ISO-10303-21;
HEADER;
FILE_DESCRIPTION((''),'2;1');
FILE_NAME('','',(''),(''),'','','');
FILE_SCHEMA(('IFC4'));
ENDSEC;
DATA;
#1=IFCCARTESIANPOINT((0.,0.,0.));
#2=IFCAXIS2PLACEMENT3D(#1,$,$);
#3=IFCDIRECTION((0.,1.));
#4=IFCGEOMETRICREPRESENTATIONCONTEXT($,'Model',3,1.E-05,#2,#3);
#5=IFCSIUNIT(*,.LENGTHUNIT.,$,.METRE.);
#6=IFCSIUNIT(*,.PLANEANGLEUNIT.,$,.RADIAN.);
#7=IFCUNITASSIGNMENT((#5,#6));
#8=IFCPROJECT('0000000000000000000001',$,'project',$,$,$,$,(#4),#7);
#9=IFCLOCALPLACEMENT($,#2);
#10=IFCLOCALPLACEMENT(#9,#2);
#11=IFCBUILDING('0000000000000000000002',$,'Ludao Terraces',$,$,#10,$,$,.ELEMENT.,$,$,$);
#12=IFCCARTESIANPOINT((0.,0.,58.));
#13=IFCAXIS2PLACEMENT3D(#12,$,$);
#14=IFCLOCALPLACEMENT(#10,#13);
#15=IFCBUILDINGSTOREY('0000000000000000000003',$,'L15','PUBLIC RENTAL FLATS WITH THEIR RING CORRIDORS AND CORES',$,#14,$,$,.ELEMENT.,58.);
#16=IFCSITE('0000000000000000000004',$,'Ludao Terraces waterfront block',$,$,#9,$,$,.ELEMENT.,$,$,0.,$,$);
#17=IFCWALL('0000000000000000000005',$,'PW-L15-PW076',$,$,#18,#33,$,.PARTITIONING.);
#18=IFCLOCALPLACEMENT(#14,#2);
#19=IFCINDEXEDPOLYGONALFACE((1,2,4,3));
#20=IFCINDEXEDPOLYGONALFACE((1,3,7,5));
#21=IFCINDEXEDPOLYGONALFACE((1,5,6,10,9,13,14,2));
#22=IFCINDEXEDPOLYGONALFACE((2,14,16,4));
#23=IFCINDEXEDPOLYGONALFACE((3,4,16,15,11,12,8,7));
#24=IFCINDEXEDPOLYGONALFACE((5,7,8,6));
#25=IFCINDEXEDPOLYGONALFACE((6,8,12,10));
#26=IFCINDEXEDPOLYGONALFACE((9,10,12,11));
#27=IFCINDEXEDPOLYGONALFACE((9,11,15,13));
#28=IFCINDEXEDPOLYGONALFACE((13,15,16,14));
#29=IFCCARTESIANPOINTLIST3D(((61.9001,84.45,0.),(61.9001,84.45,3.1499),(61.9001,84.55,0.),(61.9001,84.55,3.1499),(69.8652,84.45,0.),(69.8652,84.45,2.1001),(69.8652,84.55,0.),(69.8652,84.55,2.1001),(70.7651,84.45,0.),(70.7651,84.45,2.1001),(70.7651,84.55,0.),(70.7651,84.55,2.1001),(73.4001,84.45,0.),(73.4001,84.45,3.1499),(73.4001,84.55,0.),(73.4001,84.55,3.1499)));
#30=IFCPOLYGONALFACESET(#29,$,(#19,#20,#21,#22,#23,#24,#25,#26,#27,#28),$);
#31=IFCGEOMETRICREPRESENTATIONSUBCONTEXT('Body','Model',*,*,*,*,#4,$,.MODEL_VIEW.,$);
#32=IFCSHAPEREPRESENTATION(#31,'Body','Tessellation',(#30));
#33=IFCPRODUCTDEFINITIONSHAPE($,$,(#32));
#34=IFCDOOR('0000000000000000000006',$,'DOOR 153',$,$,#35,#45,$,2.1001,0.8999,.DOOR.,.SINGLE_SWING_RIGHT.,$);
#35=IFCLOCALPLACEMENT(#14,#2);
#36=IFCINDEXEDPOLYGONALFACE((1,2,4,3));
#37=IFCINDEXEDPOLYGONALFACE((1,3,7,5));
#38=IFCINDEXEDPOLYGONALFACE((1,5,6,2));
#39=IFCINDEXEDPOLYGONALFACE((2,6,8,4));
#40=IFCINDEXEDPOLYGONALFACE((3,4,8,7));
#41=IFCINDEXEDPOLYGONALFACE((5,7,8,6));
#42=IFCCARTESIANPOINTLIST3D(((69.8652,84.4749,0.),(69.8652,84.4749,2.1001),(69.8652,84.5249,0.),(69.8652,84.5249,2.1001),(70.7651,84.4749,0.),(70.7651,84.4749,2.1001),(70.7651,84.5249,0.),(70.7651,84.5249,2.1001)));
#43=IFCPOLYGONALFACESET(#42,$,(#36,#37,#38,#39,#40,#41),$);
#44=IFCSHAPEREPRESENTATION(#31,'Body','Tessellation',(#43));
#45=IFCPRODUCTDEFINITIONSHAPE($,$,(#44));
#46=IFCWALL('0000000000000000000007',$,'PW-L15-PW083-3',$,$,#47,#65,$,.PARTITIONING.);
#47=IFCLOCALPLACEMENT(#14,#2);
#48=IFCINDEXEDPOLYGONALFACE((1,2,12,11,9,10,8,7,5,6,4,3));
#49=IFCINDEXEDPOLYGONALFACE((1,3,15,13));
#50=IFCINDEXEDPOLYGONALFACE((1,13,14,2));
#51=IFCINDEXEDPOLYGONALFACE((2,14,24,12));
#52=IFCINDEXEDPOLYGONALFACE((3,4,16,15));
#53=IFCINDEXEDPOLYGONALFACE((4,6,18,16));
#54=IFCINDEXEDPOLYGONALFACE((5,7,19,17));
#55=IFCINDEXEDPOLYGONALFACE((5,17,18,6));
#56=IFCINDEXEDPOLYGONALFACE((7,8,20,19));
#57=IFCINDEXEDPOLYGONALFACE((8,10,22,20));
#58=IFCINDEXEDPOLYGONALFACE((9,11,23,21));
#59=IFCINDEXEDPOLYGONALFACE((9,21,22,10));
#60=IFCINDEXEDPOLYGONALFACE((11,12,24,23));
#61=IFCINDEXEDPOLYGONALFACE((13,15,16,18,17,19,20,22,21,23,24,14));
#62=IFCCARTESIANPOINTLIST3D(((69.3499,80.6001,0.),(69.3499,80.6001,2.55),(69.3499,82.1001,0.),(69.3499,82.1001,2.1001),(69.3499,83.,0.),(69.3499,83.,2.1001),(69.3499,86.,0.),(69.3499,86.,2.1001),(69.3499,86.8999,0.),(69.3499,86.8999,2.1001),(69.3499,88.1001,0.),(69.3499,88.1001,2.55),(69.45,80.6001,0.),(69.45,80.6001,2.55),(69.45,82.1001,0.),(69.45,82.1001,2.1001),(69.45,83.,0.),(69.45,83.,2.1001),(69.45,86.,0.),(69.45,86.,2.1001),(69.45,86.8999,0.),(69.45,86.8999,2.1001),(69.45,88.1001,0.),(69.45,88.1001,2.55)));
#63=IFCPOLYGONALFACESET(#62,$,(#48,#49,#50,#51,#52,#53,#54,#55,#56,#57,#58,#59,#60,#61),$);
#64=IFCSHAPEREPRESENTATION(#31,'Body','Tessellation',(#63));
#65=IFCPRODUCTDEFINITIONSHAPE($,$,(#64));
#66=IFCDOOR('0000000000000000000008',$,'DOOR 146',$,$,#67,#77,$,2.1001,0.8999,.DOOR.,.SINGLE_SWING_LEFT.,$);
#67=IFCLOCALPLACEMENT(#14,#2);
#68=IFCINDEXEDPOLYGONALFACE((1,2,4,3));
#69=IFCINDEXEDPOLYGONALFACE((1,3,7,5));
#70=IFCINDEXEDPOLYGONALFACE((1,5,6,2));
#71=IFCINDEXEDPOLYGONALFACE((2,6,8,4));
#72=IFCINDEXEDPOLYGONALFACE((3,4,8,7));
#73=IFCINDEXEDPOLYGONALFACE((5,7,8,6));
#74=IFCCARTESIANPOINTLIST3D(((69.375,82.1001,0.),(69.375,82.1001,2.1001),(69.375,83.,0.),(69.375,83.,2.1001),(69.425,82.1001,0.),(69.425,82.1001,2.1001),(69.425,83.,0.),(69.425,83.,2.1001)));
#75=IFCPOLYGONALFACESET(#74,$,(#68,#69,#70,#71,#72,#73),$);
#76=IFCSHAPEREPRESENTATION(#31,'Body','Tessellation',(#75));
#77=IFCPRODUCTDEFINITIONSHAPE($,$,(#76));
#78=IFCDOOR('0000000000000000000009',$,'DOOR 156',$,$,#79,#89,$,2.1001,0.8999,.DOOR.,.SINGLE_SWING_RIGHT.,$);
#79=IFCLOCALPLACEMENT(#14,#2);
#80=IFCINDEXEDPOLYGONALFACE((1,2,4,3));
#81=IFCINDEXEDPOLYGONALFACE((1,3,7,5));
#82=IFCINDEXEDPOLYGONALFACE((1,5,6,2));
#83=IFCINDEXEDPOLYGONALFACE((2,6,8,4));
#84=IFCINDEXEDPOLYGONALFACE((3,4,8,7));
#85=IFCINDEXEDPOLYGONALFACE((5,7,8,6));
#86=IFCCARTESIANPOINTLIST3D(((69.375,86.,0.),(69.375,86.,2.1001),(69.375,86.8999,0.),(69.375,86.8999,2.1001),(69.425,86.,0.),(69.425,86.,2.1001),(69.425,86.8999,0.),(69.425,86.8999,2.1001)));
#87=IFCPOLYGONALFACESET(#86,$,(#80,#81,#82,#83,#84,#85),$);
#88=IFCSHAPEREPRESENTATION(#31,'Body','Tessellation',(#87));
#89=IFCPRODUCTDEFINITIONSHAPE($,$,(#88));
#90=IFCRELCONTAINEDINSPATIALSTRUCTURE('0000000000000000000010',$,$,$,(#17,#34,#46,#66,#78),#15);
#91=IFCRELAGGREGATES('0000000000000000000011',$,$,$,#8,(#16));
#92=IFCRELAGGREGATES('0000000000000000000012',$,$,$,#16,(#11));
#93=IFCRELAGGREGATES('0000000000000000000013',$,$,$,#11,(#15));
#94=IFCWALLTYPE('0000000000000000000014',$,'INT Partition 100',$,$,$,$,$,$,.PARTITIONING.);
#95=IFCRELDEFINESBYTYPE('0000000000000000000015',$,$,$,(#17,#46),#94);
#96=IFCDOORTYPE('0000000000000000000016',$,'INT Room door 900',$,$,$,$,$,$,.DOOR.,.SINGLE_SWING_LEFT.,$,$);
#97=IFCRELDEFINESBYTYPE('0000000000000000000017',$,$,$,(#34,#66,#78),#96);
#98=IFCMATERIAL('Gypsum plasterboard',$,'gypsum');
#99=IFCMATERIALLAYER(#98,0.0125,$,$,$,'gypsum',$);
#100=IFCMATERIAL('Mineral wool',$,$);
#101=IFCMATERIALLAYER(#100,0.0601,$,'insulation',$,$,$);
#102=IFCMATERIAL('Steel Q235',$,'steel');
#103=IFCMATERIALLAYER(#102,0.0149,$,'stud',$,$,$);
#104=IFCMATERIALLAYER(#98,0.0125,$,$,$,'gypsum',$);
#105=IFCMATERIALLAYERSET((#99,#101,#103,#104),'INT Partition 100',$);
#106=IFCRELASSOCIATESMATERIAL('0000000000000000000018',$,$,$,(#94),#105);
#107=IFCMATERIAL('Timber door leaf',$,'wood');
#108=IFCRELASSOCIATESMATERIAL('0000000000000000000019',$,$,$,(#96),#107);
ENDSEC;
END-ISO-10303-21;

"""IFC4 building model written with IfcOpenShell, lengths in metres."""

from ifc_helpers import new_model, si_unit, direction, frame, frame_2d, origin, place, context, subcontext, project, spatial, rectangle, extrude, material, layer, layer_set, type_object, element, fill, save


model = new_model("IFC4")

# Units and contexts
model_context = context("Model", 3, precision=1e-05, world=origin(), true_north=direction((0.0, 1.0)))
body_context = subcontext(model_context, "Body", "Model", "MODEL_VIEW")
ifc_project = project(units=[si_unit("LENGTHUNIT", "METRE"), si_unit("PLANEANGLEUNIT", "RADIAN")], contexts=[model_context])

# Site, building, storey
site_placement = place(None, origin())
site = spatial("IfcSite", under=ifc_project, at=site_placement, Name="Ludao Terraces waterfront block", CompositionType="ELEMENT", RefElevation=0.0)
building_placement = place(site_placement, origin())
building = spatial("IfcBuilding", under=site, at=building_placement, Name="Ludao Terraces", CompositionType="ELEMENT")
storey_placement = place(building_placement, frame((0.0, 0.0, 58.0)))
storey = spatial("IfcBuildingStorey", under=building, at=storey_placement, Name="L15", Description="PUBLIC RENTAL FLATS WITH THEIR RING CORRIDORS AND CORES", CompositionType="ELEMENT", Elevation=58.0)

# Shared definitions
ifc_material_1 = material(Name="Mineral wool")

# Shared definitions
ifc_material_2 = material(Name="Gypsum plasterboard", Category="gypsum")
ifc_layer_1 = layer(ifc_material_2, 0.0125, Category="gypsum")
ifc_layer_2 = layer(ifc_material_1, 0.0601, Name="insulation")
ifc_material_3 = material(Name="Steel Q235", Category="steel")
ifc_layer_3 = layer(ifc_material_3, 0.0149, Name="stud")
ifc_layer_4 = layer(ifc_material_2, 0.0125, Category="gypsum")
ifc_layer_set_1 = layer_set([ifc_layer_1, ifc_layer_2, ifc_layer_3, ifc_layer_4], Name="INT Partition 100")
wall_type_1 = type_object("IfcWallType", Name="INT Partition 100", PredefinedType="PARTITIONING", material=ifc_layer_set_1)

# Wall, opening, door
wall_1_placement = place(storey_placement, frame((61.9001, 84.5, 0.0), z_axis=(0.0, 0.0, 1.0), x_axis=(1.0, 0.0, 0.0)))
wall_1 = element("IfcWall", 1, at=wall_1_placement, inside=storey, type_object=wall_type_1, Name="PW-L15-PW076", PredefinedType="PARTITIONING", context=body_context, shape_type="SweptSolid", body=[
    extrude(rectangle(XDim=11.5, YDim=0.1001, at=frame_2d((5.75, 0.0))), origin(), (0.0, 0.0, 1.0), 3.1499),
])
opening_1_placement = place(wall_1_placement, frame((7.9651, 0.0, 0.0)))
opening_1 = element("IfcOpeningElement", 2, at=opening_1_placement, cuts=wall_1, PredefinedType="OPENING", context=body_context, shape_type="SweptSolid", body=[
    extrude(rectangle(XDim=0.8999, YDim=2.1001, at=frame_2d((0.45, 1.05))), frame((0.0, 0.0601, 0.0), z_axis=(0.0, -1.0, 0.0), x_axis=(1.0, 0.0, 0.0)), (0.0, 0.0, 1.0), 0.1201),
])
ifc_material_4 = material(Name="Timber door leaf", Category="wood")
door_type = type_object("IfcDoorType", Name="INT Room door 900", OperationType="SINGLE_SWING_LEFT", PredefinedType="DOOR", material=ifc_material_4)
door_1_placement = place(opening_1_placement, origin())
door_1 = element("IfcDoor", 3, at=door_1_placement, inside=storey, type_object=door_type, Name="DOOR 153", OperationType="SINGLE_SWING_RIGHT", OverallHeight=2.1001, OverallWidth=0.8999, PredefinedType="DOOR", context=body_context, shape_type="SweptSolid", body=[
    extrude(rectangle(XDim=0.8999, YDim=2.1001, at=frame_2d((0.45, 1.05))), frame((0.0, 0.0249, 0.0), z_axis=(0.0, -1.0, 0.0), x_axis=(1.0, 0.0, 0.0)), (0.0, 0.0, 1.0), 0.05),
])
fill(opening_1, door_1)

# Wall, openings, doors
wall_2_placement = place(storey_placement, frame((69.3999, 80.6001, 0.0), z_axis=(0.0, 0.0, 1.0), x_axis=(0.0, 1.0, 0.0)))
wall_2 = element("IfcWall", 4, at=wall_2_placement, inside=storey, type_object=wall_type_1, Name="PW-L15-PW083-3", PredefinedType="PARTITIONING", context=body_context, shape_type="SweptSolid", body=[
    extrude(rectangle(XDim=7.5, YDim=0.1001, at=frame_2d((3.75, 0.0))), origin(), (0.0, 0.0, 1.0), 2.55),
])
opening_2_placement = place(wall_2_placement, frame((1.5, 0.0, 0.0)))
opening_2 = element("IfcOpeningElement", 5, at=opening_2_placement, cuts=wall_2, PredefinedType="OPENING", context=body_context, shape_type="SweptSolid", body=[
    extrude(rectangle(XDim=0.8999, YDim=2.1001, at=frame_2d((0.45, 1.05))), frame((0.0, 0.0601, 0.0), z_axis=(0.0, -1.0, 0.0), x_axis=(1.0, 0.0, 0.0)), (0.0, 0.0, 1.0), 0.1201),
])
opening_3_placement = place(wall_2_placement, frame((5.3999, 0.0, 0.0)))
opening_3 = element("IfcOpeningElement", 6, at=opening_3_placement, cuts=wall_2, PredefinedType="OPENING", context=body_context, shape_type="SweptSolid", body=[
    extrude(rectangle(XDim=0.8999, YDim=2.1001, at=frame_2d((0.45, 1.05))), frame((0.0, 0.0601, 0.0), z_axis=(0.0, -1.0, 0.0), x_axis=(1.0, 0.0, 0.0)), (0.0, 0.0, 1.0), 0.1201),
])
door_2_placement = place(opening_2_placement, origin())
door_2 = element("IfcDoor", 7, at=door_2_placement, inside=storey, type_object=door_type, Name="DOOR 146", OperationType="SINGLE_SWING_LEFT", OverallHeight=2.1001, OverallWidth=0.8999, PredefinedType="DOOR", context=body_context, shape_type="SweptSolid", body=[
    extrude(rectangle(XDim=0.8999, YDim=2.1001, at=frame_2d((0.45, 1.05))), frame((0.0, 0.0249, 0.0), z_axis=(0.0, -1.0, 0.0), x_axis=(1.0, 0.0, 0.0)), (0.0, 0.0, 1.0), 0.05),
])
fill(opening_2, door_2)
door_3_placement = place(opening_3_placement, origin())
door_3 = element("IfcDoor", 8, at=door_3_placement, inside=storey, type_object=door_type, Name="DOOR 156", OperationType="SINGLE_SWING_RIGHT", OverallHeight=2.1001, OverallWidth=0.8999, PredefinedType="DOOR", context=body_context, shape_type="SweptSolid", body=[
    extrude(rectangle(XDim=0.8999, YDim=2.1001, at=frame_2d((0.45, 1.05))), frame((0.0, 0.0249, 0.0), z_axis=(0.0, -1.0, 0.0), x_axis=(1.0, 0.0, 0.0)), (0.0, 0.0, 1.0), 0.05),
])
fill(opening_3, door_3)

save(model, "model.ifc")
